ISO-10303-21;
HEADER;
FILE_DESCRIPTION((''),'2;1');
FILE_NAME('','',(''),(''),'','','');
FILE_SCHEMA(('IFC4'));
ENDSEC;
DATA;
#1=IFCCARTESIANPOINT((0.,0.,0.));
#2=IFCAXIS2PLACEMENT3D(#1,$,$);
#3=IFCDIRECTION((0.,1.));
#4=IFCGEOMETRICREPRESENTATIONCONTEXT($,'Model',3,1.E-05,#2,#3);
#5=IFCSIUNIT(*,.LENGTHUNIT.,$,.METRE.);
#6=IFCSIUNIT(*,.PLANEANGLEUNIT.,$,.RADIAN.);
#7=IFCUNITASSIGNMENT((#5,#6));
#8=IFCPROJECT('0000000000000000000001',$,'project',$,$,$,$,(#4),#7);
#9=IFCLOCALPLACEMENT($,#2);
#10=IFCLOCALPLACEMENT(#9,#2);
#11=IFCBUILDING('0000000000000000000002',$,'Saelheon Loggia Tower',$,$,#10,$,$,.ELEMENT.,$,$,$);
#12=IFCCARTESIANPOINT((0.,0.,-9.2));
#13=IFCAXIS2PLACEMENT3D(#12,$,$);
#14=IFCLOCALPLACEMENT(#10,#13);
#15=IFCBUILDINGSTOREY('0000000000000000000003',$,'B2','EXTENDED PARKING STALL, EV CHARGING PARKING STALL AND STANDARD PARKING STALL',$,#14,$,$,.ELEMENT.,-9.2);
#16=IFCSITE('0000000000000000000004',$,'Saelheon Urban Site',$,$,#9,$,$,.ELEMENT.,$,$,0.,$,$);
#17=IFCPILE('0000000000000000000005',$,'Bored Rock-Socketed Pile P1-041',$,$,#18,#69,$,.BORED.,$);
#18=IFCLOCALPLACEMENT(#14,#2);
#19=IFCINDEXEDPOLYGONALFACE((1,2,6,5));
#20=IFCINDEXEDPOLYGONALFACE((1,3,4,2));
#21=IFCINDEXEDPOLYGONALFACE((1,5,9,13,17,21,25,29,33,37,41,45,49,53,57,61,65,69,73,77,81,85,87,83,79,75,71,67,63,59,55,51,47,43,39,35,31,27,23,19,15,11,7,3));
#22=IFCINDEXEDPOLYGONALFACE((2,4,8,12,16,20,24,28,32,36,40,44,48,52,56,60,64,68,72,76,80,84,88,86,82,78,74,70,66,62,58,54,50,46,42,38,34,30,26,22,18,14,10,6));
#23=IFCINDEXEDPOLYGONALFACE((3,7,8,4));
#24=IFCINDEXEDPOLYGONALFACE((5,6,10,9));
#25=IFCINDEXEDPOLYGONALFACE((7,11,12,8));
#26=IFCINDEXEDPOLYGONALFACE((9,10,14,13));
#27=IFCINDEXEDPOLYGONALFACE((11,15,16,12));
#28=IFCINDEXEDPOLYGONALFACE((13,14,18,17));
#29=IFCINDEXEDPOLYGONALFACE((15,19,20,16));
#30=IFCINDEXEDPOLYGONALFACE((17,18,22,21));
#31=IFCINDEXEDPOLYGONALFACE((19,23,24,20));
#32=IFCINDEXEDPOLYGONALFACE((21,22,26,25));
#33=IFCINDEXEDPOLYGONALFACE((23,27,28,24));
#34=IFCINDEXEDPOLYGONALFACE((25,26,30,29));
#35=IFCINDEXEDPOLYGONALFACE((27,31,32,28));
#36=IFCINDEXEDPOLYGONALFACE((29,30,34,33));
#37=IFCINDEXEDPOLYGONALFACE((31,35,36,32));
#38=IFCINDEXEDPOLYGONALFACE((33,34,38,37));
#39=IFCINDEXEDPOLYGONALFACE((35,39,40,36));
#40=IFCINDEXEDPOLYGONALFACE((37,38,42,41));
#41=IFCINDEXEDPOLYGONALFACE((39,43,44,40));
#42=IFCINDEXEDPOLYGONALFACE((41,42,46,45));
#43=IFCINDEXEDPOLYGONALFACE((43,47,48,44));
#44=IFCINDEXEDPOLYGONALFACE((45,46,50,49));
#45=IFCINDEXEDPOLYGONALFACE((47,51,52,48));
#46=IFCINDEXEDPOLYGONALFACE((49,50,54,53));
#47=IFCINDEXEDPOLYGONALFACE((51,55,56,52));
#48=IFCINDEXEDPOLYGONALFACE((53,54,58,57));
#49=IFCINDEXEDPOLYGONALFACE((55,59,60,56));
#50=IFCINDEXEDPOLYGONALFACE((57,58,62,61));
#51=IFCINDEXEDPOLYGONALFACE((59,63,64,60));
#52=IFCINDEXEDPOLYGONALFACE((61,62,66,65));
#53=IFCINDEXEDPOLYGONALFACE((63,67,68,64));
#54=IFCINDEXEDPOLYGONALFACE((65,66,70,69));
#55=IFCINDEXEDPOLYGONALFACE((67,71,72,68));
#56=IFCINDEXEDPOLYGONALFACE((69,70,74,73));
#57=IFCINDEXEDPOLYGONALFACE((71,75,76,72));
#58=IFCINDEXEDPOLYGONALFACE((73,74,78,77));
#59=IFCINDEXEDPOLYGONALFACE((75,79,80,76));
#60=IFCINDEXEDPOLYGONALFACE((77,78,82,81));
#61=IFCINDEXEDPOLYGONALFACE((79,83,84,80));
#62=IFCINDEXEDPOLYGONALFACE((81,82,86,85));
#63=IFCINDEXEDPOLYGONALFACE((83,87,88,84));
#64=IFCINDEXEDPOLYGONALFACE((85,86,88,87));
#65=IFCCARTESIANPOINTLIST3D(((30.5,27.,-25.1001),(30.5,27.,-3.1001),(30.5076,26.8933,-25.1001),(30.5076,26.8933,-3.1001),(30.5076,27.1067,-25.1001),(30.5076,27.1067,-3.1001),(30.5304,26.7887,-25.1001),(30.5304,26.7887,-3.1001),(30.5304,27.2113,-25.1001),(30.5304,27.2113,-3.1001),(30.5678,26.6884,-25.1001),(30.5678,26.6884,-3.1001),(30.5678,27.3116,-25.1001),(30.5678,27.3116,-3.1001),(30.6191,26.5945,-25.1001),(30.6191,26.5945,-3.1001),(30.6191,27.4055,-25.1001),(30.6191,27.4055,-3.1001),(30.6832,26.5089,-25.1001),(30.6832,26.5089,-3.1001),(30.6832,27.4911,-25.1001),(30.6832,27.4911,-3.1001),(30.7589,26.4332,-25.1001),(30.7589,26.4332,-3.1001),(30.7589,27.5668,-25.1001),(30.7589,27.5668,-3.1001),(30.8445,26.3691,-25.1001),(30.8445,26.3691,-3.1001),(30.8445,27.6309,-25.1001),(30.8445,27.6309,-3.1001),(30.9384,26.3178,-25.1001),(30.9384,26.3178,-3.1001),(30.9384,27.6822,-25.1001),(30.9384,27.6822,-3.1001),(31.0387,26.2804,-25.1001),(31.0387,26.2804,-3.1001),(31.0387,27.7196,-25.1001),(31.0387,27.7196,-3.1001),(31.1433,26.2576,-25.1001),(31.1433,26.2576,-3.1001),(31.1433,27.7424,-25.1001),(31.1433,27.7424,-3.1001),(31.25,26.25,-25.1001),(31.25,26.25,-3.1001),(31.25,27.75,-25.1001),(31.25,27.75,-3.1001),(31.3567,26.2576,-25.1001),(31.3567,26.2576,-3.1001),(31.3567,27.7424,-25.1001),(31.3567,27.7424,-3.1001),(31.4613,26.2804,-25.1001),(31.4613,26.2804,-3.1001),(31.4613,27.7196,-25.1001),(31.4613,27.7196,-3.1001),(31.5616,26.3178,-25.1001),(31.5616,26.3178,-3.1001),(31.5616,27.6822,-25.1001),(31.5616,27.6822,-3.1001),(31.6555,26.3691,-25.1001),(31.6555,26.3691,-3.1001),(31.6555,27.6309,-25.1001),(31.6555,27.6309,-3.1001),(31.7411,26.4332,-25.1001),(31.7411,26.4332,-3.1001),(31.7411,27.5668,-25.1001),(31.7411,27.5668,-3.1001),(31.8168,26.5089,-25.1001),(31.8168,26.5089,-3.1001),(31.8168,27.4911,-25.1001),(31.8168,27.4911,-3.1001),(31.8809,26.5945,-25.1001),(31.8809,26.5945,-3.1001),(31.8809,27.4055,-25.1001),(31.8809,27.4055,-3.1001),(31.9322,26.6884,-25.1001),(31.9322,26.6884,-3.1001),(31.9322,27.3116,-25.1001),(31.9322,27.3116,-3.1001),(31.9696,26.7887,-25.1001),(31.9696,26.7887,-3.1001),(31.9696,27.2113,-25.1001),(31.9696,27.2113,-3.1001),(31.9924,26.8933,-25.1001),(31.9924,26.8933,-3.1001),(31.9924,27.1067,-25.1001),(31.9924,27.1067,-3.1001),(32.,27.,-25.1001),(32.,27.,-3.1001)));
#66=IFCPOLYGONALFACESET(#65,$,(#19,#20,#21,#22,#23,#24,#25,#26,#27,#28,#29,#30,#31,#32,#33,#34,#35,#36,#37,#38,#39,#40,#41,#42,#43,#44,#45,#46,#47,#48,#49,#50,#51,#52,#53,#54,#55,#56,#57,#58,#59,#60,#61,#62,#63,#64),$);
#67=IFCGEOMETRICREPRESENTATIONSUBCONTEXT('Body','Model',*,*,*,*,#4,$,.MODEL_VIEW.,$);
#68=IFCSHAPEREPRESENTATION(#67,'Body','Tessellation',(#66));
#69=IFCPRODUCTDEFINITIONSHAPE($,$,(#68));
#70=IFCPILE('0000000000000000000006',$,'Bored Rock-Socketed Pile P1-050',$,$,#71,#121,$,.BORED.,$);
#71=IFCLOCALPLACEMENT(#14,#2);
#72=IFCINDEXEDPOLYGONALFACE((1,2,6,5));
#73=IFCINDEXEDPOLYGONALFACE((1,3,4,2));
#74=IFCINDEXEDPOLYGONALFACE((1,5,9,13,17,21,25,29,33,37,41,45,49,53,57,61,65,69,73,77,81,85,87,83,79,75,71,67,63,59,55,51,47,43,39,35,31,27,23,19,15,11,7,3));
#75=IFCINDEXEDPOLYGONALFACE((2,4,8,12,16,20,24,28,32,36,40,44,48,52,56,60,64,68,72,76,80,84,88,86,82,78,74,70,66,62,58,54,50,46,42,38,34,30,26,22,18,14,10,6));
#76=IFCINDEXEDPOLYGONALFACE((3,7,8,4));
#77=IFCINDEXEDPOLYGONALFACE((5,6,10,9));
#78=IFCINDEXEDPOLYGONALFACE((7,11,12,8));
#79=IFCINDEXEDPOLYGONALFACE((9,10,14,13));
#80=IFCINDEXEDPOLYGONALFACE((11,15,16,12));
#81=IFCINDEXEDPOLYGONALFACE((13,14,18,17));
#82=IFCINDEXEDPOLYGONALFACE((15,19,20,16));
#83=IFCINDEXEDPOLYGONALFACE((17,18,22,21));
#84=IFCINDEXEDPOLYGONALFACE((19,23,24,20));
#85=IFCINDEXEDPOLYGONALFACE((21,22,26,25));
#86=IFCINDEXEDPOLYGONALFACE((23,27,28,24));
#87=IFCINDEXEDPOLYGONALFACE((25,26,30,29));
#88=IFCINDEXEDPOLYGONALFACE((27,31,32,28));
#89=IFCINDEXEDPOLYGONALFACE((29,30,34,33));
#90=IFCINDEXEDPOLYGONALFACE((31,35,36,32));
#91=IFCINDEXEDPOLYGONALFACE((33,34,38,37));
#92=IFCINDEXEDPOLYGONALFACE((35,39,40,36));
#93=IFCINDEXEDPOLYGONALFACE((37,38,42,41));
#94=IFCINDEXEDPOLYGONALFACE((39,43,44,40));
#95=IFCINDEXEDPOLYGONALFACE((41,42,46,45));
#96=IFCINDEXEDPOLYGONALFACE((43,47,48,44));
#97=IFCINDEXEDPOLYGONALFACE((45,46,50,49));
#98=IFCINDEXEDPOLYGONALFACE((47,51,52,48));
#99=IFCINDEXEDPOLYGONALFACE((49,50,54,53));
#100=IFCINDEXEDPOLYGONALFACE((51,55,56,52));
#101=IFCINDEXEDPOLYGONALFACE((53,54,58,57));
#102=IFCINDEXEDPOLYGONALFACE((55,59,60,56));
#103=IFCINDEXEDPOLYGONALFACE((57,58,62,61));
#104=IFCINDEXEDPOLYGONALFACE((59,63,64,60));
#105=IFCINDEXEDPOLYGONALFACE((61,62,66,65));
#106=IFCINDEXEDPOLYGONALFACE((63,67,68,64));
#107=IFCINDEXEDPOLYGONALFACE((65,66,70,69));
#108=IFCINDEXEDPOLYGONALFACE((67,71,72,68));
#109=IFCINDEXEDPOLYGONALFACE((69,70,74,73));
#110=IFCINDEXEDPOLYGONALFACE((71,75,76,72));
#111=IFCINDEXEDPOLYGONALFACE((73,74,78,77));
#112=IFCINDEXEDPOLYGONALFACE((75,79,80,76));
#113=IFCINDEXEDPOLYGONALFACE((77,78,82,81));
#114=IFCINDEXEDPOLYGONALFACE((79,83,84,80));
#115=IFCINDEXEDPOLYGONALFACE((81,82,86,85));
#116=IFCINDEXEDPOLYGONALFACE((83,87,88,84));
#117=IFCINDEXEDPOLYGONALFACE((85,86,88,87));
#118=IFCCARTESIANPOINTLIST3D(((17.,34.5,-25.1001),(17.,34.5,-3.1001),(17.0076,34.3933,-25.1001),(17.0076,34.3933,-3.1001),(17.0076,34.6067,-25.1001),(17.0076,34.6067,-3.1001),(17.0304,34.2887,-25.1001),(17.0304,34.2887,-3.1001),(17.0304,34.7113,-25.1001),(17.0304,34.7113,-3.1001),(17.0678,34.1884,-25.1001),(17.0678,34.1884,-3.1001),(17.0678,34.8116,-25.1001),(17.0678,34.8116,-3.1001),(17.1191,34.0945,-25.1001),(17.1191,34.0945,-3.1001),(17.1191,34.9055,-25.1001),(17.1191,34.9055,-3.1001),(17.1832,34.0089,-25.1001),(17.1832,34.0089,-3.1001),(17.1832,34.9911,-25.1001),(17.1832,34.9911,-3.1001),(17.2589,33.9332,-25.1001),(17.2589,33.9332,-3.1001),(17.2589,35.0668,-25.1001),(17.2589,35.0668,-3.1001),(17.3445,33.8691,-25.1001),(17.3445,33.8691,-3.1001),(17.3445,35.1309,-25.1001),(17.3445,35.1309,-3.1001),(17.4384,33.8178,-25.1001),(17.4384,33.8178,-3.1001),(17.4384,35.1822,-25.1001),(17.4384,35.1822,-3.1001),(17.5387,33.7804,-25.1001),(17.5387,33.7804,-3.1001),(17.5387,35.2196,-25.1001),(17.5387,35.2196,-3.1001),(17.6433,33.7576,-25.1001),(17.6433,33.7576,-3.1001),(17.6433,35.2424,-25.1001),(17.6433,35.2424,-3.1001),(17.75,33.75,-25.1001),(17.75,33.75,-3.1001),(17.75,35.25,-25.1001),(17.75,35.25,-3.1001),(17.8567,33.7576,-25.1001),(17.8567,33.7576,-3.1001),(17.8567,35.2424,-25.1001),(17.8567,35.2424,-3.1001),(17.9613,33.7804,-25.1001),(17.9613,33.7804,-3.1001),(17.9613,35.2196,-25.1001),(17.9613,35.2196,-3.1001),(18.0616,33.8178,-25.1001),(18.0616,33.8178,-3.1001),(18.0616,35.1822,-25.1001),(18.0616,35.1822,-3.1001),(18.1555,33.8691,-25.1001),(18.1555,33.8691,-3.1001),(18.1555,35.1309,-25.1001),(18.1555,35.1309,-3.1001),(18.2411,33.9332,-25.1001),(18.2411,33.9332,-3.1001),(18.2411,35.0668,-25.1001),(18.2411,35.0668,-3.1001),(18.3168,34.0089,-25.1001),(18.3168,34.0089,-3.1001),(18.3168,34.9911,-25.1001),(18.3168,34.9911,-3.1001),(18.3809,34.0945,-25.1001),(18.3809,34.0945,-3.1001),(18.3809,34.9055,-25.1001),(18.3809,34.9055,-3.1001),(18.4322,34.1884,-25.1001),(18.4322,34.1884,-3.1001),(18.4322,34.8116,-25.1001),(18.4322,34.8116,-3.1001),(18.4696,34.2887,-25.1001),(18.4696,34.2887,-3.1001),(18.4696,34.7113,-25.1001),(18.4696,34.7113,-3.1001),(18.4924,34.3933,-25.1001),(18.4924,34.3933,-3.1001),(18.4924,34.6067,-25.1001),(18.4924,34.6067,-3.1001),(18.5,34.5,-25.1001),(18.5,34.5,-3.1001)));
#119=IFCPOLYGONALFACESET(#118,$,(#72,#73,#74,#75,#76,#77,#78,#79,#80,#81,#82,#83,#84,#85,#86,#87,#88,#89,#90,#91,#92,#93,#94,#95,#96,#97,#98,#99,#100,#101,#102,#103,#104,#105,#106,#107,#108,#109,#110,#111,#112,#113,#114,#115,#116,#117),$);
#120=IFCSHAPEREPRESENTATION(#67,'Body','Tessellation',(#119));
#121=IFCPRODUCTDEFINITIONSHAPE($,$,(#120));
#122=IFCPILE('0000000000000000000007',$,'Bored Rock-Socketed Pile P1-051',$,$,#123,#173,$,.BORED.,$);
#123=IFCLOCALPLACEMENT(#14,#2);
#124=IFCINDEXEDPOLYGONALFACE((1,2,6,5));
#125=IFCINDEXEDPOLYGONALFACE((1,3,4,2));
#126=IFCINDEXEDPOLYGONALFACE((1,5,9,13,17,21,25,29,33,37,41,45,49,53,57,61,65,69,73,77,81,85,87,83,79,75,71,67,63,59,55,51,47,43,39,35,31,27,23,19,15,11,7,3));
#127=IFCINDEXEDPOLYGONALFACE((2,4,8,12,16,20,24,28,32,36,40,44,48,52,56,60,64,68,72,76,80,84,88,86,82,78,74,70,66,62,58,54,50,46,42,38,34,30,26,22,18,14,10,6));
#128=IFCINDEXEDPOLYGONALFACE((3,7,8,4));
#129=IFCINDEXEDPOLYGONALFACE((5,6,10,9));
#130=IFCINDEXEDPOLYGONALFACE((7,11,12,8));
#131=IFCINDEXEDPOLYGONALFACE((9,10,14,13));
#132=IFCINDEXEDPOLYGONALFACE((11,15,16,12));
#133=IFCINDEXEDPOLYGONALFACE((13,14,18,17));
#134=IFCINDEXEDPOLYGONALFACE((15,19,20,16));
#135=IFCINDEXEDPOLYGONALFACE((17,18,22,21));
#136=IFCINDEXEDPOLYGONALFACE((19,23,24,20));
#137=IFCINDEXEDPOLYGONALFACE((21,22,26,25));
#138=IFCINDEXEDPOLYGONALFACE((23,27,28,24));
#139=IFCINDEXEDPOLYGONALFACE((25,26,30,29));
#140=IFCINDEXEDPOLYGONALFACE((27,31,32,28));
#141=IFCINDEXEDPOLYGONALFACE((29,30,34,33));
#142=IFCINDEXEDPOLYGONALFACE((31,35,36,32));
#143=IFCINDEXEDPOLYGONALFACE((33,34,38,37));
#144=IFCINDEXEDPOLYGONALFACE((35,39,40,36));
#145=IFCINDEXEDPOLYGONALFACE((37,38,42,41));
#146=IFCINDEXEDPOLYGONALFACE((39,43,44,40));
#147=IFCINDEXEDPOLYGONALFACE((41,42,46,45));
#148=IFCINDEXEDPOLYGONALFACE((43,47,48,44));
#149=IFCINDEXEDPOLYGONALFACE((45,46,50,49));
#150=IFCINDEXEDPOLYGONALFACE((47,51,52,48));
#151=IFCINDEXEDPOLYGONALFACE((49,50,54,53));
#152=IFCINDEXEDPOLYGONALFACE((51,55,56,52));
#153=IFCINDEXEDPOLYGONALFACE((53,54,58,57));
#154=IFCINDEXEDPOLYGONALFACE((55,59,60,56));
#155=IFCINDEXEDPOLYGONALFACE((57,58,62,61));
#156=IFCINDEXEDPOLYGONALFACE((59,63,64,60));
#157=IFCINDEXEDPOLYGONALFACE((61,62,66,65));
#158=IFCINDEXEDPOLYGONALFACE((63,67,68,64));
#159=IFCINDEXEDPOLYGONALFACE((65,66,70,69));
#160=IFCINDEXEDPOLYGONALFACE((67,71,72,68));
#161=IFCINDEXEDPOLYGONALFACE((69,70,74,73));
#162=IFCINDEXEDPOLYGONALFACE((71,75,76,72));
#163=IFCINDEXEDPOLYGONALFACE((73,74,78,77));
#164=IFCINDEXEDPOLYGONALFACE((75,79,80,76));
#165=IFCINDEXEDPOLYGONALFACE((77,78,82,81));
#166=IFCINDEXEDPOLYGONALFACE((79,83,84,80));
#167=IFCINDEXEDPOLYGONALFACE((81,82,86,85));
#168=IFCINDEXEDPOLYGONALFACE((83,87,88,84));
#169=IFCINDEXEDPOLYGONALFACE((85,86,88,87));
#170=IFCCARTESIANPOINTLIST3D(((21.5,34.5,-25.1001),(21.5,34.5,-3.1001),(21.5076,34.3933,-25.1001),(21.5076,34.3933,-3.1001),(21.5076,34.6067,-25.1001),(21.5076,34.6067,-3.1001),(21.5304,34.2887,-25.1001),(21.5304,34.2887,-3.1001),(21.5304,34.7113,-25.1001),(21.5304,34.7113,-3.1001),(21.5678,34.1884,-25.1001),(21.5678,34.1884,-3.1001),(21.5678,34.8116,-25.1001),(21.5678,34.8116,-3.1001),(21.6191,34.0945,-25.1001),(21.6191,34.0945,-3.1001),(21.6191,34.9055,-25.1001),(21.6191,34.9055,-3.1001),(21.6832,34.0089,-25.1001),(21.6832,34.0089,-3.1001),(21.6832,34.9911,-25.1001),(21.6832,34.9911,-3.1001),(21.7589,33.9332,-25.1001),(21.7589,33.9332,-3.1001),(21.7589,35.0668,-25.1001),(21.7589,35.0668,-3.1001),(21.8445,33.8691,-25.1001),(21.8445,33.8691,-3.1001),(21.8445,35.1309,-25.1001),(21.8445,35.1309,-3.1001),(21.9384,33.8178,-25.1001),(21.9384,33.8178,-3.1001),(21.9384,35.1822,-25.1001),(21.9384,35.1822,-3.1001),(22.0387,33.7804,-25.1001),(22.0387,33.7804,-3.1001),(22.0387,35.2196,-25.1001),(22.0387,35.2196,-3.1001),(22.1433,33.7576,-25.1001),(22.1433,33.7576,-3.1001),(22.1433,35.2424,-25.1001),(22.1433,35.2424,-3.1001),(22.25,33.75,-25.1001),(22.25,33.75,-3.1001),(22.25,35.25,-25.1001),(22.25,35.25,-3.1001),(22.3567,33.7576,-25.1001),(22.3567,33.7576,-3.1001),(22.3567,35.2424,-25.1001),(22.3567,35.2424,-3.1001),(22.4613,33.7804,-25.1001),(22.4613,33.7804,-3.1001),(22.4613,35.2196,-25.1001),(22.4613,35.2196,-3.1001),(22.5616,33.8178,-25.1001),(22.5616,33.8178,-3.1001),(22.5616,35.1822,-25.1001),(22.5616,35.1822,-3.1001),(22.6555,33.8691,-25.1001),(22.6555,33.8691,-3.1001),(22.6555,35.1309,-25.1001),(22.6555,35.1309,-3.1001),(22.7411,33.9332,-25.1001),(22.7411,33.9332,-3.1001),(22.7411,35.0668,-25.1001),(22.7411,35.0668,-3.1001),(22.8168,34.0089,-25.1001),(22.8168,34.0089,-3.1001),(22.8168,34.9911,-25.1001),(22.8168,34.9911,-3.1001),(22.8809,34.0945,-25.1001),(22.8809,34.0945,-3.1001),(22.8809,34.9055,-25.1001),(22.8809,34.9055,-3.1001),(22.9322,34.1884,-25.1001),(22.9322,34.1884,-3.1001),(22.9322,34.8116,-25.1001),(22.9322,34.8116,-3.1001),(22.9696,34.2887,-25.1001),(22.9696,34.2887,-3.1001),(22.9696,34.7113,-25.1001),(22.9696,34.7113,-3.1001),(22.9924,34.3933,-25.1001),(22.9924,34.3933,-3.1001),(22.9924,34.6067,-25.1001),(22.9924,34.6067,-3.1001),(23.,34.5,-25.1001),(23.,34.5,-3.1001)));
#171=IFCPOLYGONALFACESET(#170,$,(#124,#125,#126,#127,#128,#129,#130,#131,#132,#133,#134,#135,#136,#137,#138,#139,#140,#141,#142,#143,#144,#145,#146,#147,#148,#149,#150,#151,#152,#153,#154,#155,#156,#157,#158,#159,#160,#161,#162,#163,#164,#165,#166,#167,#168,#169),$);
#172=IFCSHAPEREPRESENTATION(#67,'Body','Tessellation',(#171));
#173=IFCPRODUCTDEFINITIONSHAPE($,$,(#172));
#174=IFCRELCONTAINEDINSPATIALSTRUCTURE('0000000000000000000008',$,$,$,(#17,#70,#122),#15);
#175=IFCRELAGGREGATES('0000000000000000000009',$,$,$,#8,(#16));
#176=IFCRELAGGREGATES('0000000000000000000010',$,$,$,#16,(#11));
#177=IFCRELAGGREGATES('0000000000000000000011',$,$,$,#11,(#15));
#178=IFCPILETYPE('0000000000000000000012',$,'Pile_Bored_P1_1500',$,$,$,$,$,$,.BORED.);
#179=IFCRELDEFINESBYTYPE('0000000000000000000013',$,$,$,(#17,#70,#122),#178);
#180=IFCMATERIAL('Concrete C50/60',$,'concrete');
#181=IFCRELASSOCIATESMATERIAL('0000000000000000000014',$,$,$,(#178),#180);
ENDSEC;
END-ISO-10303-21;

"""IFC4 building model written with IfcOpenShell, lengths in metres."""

from ifc_helpers import new_model, si_unit, direction, frame, origin, origin_2d, place, context, subcontext, project, spatial, circle, extrude, source, transform, mapped, material, material_profile, profile_set, type_object, element, save


model = new_model("IFC4")

# Units and contexts
model_context = context("Model", 3, precision=1e-05, world=origin(), true_north=direction((0.0, 1.0)))
body_context = subcontext(model_context, "Body", "Model", "MODEL_VIEW")
ifc_project = project(units=[si_unit("LENGTHUNIT", "METRE"), si_unit("PLANEANGLEUNIT", "RADIAN")], contexts=[model_context])

# Site, building, storey
site_placement = place(None, origin())
site = spatial("IfcSite", under=ifc_project, at=site_placement, Name="Saelheon Urban Site", CompositionType="ELEMENT", RefElevation=0.0)
building_placement = place(site_placement, origin())
building = spatial("IfcBuilding", under=site, at=building_placement, Name="Saelheon Loggia Tower", CompositionType="ELEMENT")
storey_placement = place(building_placement, frame((0.0, 0.0, -9.2)))
storey = spatial("IfcBuildingStorey", under=building, at=storey_placement, Name="B2", Description="EXTENDED PARKING STALL, EV CHARGING PARKING STALL AND STANDARD PARKING STALL", CompositionType="ELEMENT", Elevation=-9.2)

# Piles
ifc_material_1 = material(Name="Concrete C50/60", Category="concrete")
ifc_material_profile_1 = material_profile(ifc_material_1, circle(Radius=0.75, at=origin_2d()), Name="CIRC-1500")
ifc_profile_set_1 = profile_set([ifc_material_profile_1], Name="Concrete C50/60")
pile_type = type_object("IfcPileType", Name="Pile_Bored_P1_1500", PredefinedType="BORED", material=ifc_profile_set_1)
shared_shape_1 = source(origin(), body_context, "Body", "SweptSolid", [
    extrude(circle(Radius=0.75, at=origin_2d()), origin(), (0.0, 0.0, 1.0), 22.0),
])
for number, where, z_axis, x_axis, name in (
    (1, (31.25, 27.0, -3.1001), (0.0, 0.0, -1.0), (1.0, 0.0, 0.0), "Bored Rock-Socketed Pile P1-041"),
    (2, (17.75, 34.5, -3.1001), (0.0, 0.0, -1.0), (1.0, 0.0, 0.0), "Bored Rock-Socketed Pile P1-050"),
    (3, (22.25, 34.5, -3.1001), (0.0, 0.0, -1.0), (1.0, 0.0, 0.0), "Bored Rock-Socketed Pile P1-051"),
):
    element("IfcPile", number, at=place(storey_placement, frame(where, z_axis=z_axis, x_axis=x_axis)), inside=storey, type_object=pile_type, Name=name, PredefinedType="BORED", context=body_context, shape_type="MappedRepresentation", body=[
        mapped(shared_shape_1, transform((0.0, 0.0, 0.0), scale=1.0)),
    ])

save(model, "model.ifc")
